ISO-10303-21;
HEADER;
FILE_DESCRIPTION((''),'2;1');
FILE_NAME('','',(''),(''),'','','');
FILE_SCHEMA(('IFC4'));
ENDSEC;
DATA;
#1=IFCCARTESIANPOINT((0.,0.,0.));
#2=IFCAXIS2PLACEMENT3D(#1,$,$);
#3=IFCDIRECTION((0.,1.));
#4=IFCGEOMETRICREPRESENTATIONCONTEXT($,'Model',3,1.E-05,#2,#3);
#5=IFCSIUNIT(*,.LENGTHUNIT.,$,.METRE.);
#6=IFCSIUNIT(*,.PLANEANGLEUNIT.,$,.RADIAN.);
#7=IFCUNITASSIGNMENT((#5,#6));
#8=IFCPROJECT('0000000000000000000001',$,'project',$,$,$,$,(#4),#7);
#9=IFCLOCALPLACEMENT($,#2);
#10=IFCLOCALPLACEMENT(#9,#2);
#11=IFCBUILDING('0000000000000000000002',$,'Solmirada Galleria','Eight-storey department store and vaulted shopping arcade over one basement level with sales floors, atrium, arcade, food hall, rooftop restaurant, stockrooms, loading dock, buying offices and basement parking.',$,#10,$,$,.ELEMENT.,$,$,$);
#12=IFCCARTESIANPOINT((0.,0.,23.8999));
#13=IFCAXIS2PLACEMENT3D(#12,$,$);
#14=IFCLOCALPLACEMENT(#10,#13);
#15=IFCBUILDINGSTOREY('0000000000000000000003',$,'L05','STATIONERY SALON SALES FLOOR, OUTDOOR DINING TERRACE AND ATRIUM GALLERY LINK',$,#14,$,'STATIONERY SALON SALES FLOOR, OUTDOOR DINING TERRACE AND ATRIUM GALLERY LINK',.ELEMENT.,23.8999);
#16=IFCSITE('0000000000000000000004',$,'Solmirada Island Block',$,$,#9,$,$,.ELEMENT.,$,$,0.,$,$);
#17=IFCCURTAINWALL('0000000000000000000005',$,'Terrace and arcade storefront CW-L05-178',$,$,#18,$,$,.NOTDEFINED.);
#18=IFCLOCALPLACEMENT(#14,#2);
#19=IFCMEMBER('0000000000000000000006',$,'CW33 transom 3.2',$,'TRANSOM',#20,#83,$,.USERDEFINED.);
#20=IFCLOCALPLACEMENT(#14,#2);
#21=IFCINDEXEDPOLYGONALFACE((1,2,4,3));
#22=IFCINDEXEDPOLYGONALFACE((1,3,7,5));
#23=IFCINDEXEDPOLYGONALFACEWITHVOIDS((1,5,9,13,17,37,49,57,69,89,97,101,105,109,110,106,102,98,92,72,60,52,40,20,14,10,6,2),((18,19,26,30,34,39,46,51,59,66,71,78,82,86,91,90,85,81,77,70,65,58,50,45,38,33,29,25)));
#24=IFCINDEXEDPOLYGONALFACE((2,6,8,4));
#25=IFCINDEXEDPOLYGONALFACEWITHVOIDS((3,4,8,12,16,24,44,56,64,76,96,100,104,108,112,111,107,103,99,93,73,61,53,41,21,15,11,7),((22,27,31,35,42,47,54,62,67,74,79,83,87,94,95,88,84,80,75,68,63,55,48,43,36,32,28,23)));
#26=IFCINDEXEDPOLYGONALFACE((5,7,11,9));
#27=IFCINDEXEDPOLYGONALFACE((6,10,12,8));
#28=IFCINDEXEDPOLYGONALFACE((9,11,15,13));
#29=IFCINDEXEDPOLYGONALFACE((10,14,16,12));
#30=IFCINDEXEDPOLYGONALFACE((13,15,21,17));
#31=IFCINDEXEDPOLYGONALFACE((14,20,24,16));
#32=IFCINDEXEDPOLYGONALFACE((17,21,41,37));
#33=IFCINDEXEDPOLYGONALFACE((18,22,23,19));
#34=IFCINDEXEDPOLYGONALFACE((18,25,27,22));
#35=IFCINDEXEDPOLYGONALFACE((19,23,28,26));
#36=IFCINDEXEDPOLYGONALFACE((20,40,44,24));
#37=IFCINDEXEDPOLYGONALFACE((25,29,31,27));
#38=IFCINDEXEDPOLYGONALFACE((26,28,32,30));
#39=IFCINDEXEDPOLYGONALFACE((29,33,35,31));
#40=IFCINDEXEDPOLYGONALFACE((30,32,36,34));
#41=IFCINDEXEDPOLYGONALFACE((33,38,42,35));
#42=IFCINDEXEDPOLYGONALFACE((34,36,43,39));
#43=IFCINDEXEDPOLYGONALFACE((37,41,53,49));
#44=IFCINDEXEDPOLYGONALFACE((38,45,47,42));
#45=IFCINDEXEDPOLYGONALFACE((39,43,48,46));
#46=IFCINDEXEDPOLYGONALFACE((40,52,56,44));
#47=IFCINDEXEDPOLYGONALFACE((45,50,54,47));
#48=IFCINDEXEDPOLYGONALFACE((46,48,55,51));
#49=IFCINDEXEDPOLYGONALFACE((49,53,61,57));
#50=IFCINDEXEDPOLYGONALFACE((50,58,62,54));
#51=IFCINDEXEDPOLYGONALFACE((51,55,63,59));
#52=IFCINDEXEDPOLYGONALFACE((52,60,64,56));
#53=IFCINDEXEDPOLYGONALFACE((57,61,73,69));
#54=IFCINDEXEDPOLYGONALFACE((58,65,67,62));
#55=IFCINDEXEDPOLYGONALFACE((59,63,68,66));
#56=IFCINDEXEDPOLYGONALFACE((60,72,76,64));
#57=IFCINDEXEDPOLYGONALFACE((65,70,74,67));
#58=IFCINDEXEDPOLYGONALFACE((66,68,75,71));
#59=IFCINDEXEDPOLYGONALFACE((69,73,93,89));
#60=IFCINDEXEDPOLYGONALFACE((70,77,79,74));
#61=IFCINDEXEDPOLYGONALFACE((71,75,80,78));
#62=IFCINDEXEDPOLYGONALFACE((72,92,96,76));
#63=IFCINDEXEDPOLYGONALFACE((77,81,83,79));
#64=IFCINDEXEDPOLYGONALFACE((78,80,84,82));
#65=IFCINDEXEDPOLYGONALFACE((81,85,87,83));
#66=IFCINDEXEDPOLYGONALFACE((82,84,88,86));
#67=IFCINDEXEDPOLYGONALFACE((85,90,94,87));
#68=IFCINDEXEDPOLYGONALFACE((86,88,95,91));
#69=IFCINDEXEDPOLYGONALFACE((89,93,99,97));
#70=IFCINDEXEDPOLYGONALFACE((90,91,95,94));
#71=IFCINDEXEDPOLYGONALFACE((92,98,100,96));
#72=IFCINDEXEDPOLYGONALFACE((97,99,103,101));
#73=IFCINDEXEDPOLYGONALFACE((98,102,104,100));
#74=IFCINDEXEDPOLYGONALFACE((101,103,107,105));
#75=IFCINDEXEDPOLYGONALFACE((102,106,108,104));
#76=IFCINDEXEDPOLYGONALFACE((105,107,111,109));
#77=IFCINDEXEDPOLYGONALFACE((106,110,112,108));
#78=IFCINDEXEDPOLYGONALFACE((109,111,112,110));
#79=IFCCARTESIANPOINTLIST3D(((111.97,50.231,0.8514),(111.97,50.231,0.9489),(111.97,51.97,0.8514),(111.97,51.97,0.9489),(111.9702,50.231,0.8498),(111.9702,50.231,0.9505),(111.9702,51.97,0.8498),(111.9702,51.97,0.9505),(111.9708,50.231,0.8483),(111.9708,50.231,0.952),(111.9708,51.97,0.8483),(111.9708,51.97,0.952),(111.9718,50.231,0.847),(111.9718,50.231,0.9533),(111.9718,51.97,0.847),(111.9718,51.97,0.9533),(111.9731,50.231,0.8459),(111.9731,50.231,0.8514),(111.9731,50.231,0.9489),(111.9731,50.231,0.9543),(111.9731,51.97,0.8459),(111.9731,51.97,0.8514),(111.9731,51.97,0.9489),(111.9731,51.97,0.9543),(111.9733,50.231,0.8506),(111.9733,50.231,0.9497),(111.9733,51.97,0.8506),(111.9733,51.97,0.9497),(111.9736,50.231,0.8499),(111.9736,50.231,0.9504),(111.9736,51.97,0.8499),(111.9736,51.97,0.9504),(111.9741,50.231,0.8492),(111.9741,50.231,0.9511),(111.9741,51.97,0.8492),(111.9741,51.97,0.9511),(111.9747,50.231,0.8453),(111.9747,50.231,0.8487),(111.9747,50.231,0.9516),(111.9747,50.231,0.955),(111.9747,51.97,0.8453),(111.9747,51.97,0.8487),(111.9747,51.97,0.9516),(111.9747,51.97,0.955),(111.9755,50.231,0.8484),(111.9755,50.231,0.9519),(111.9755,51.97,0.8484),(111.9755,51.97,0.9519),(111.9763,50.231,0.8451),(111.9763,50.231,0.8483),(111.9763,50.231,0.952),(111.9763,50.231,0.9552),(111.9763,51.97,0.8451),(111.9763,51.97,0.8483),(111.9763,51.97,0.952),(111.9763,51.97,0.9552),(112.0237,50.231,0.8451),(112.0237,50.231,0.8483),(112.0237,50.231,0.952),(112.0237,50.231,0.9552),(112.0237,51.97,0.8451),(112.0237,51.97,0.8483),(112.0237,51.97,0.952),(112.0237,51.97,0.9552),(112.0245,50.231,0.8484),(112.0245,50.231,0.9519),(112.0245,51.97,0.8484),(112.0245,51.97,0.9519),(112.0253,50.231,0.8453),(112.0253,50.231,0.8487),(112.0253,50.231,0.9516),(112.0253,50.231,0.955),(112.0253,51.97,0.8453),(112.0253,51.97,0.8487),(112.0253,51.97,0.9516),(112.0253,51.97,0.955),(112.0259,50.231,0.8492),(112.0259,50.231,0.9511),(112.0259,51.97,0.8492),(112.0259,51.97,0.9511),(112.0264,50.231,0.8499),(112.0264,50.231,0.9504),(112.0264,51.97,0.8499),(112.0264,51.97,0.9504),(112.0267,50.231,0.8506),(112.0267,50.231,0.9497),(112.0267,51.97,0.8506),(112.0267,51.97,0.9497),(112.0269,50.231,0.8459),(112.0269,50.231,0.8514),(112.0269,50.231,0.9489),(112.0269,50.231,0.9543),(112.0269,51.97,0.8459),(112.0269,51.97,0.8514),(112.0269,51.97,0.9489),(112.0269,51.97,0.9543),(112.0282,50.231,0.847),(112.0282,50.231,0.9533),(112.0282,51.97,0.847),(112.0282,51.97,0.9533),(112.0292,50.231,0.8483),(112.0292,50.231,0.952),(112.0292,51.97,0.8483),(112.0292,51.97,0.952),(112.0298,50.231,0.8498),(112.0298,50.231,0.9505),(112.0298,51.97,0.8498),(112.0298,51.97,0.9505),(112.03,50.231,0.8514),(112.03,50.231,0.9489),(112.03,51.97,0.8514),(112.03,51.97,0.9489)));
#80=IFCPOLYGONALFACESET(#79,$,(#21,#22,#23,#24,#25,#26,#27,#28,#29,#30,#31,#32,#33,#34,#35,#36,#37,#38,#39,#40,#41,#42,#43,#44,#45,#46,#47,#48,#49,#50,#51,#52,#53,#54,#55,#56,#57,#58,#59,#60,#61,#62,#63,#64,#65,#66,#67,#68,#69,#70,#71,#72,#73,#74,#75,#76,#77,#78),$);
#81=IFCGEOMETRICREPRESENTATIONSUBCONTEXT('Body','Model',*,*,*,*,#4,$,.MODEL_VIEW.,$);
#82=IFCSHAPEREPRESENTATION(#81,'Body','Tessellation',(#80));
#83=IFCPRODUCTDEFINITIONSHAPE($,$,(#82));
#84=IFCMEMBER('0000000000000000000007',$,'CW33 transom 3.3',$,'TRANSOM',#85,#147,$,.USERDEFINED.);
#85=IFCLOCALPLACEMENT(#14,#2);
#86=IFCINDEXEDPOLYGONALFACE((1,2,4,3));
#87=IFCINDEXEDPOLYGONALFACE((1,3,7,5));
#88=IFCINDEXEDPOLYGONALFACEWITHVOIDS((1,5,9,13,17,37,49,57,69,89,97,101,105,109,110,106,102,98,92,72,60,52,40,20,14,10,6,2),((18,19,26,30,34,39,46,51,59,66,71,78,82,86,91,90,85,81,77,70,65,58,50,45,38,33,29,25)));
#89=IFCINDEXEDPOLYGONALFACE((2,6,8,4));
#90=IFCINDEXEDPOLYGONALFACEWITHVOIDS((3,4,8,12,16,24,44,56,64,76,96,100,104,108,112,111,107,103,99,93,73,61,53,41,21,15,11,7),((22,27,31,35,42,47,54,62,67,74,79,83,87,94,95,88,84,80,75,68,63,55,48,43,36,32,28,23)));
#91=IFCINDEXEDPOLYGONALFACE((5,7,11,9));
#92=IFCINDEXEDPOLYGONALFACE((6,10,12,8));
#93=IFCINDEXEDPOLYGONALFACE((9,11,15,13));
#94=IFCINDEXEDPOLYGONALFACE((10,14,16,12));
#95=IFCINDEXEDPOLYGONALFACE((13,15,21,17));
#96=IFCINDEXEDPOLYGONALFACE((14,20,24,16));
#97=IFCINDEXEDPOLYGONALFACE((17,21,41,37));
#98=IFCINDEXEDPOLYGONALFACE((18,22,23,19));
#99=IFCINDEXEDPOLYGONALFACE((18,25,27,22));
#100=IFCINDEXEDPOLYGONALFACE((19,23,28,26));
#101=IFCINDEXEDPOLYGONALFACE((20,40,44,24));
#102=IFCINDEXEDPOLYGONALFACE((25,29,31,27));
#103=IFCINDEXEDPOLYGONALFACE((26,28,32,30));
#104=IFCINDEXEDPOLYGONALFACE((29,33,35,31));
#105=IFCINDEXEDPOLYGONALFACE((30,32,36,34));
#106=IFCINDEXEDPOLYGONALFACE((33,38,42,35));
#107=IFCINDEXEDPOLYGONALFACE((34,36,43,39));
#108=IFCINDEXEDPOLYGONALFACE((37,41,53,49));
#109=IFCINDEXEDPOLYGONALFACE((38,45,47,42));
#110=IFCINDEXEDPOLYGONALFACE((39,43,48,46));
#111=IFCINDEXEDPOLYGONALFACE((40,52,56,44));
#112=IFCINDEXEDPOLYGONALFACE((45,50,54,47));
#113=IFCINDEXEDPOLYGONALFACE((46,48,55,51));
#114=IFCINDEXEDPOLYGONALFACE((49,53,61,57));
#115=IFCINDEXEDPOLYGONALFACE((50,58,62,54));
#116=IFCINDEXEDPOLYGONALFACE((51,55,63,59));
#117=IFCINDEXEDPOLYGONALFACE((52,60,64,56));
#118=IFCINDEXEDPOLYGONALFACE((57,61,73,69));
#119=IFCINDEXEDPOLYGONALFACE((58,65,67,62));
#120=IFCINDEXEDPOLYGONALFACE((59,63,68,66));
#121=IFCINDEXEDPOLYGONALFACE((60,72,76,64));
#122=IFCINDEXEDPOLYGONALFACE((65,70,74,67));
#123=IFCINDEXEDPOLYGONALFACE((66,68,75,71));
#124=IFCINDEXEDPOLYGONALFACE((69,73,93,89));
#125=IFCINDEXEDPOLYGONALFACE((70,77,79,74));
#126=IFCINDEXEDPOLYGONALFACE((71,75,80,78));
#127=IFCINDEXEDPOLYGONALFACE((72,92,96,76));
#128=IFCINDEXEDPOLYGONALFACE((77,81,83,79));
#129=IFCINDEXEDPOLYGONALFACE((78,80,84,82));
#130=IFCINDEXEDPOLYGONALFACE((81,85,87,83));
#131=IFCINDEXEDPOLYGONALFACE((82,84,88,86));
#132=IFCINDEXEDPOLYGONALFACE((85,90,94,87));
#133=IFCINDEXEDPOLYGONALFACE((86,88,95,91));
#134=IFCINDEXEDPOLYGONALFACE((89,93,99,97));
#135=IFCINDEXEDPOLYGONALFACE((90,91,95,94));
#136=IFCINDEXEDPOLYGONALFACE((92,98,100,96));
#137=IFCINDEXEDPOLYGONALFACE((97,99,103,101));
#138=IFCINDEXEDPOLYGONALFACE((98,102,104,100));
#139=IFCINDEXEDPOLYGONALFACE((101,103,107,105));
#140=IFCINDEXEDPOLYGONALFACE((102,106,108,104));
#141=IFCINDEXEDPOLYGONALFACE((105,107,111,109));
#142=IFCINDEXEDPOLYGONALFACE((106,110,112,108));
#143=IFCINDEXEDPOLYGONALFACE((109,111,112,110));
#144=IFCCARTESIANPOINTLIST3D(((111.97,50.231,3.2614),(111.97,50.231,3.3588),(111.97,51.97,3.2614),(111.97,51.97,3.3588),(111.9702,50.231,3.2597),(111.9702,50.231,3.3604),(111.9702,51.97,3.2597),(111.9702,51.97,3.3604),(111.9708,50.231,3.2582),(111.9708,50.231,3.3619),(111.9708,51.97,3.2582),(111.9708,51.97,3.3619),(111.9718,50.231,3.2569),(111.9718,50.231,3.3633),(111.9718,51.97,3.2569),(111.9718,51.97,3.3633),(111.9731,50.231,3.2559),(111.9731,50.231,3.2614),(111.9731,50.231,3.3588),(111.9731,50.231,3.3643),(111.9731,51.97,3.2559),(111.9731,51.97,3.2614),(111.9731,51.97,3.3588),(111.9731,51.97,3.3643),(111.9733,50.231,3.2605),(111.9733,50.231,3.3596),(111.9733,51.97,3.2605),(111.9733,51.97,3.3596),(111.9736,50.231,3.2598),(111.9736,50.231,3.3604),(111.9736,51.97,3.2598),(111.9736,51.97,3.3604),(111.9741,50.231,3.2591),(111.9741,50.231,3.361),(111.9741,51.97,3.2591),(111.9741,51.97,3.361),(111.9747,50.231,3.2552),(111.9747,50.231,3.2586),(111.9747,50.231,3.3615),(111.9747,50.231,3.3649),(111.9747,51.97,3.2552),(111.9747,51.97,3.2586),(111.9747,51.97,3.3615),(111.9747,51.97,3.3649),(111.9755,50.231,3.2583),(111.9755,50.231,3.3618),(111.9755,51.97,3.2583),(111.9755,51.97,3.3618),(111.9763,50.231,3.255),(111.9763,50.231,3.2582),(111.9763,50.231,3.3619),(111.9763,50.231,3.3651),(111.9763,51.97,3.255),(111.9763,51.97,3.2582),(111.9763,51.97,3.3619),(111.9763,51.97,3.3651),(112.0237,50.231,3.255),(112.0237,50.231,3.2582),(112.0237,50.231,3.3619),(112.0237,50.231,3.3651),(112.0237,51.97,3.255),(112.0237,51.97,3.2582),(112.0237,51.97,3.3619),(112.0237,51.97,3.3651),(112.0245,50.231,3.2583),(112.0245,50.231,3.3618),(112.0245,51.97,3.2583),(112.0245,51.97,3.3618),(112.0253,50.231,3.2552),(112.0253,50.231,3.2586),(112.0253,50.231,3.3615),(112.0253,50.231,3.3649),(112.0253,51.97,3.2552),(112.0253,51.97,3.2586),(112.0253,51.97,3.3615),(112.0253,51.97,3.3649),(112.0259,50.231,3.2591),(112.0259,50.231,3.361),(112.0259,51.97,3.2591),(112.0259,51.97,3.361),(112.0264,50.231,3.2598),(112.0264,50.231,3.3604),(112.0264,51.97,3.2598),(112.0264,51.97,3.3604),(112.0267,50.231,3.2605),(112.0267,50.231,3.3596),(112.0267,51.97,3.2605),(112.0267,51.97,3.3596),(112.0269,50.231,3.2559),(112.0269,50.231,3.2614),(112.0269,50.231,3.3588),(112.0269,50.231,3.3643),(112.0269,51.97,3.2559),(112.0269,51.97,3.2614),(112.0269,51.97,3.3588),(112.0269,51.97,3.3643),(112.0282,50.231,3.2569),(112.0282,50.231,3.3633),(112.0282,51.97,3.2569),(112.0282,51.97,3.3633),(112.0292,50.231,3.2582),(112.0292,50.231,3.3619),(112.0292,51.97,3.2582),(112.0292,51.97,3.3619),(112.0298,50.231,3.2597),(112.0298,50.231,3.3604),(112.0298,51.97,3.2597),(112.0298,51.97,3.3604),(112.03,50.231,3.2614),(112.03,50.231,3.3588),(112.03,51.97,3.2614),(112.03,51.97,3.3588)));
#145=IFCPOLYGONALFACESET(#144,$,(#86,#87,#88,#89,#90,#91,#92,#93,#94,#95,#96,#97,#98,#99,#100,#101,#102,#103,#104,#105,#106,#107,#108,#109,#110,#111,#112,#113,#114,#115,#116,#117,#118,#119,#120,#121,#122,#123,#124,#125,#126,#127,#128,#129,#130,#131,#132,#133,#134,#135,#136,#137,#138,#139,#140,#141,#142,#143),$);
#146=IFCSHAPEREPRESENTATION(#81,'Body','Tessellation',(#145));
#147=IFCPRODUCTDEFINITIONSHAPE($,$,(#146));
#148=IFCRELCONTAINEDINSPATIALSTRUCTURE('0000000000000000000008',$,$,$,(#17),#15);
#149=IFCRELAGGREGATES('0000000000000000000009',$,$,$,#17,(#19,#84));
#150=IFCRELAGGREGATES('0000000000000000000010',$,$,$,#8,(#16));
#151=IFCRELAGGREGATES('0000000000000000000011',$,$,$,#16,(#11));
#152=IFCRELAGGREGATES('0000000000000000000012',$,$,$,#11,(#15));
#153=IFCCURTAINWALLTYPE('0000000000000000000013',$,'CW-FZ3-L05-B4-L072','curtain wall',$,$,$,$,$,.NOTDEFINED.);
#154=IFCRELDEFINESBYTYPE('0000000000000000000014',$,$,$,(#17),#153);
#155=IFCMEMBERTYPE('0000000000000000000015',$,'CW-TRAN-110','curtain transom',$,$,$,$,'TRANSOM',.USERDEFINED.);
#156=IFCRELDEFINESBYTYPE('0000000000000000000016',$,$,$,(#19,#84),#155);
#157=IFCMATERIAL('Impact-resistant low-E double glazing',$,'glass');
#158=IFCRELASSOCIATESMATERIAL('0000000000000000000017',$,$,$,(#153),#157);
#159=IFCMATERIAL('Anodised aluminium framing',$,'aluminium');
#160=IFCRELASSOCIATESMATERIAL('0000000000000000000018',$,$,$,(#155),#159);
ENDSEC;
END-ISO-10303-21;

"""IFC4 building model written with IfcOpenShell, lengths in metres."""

from ifc_helpers import new_model, si_unit, direction, frame, origin, origin_2d, place, context, subcontext, project, spatial, hollow_rectangle, extrude, material, material_profile, profile_set, type_object, element, aggregate, save


model = new_model("IFC4")

# Units and contexts
model_context = context("Model", 3, precision=1e-05, world=origin(), true_north=direction((0.0, 1.0)))
body_context = subcontext(model_context, "Body", "Model", "MODEL_VIEW")
ifc_project = project(units=[si_unit("LENGTHUNIT", "METRE"), si_unit("PLANEANGLEUNIT", "RADIAN")], contexts=[model_context])

# Site, building, storey
site_placement = place(None, origin())
site = spatial("IfcSite", under=ifc_project, at=site_placement, Name="Solmirada Island Block", CompositionType="ELEMENT", RefElevation=0.0)
building_placement = place(site_placement, origin())
building = spatial("IfcBuilding", under=site, at=building_placement, Name="Solmirada Galleria", Description="Eight-storey department store and vaulted shopping arcade over one basement level with sales floors, atrium, arcade, food hall, rooftop restaurant, stockrooms, loading dock, buying offices and basement parking.", CompositionType="ELEMENT")
storey_placement = place(building_placement, frame((0.0, 0.0, 23.8999)))
storey = spatial("IfcBuildingStorey", under=building, at=storey_placement, Name="L05", Description="STATIONERY SALON SALES FLOOR, OUTDOOR DINING TERRACE AND ATRIUM GALLERY LINK", LongName="STATIONERY SALON SALES FLOOR, OUTDOOR DINING TERRACE AND ATRIUM GALLERY LINK", CompositionType="ELEMENT", Elevation=23.8999)

# Curtain wall, members
ifc_material_1 = material(Name="Impact-resistant low-E double glazing", Category="glass")
curtain_wall_type = type_object("IfcCurtainWallType", Name="CW-FZ3-L05-B4-L072", Description="curtain wall", PredefinedType="NOTDEFINED", material=ifc_material_1)
curtain_wall_placement = place(storey_placement, origin())
curtain_wall = element("IfcCurtainWall", 1, at=curtain_wall_placement, inside=storey, type_object=curtain_wall_type, Name="Terrace and arcade storefront CW-L05-178", PredefinedType="NOTDEFINED")
ifc_material_2 = material(Name="Anodised aluminium framing", Category="aluminium")
ifc_material_profile_1 = material_profile(ifc_material_2, hollow_rectangle(XDim=0.0601, YDim=0.1101, WallThickness=0.0032, InnerFilletRadius=0.0032, OuterFilletRadius=0.0063, at=origin_2d()), Name="ALU-TRAN-110X60")
ifc_profile_set_1 = profile_set([ifc_material_profile_1], Name="Anodised aluminium framing")
member_type_1 = type_object("IfcMemberType", Name="CW-TRAN-110", Description="curtain transom", ElementType="TRANSOM", PredefinedType="USERDEFINED", material=ifc_profile_set_1)
member_1_placement = place(storey_placement, frame((112.0, 51.97, 0.9001), z_axis=(0.0, -1.0, 0.0), x_axis=(1.0, 0.0, 0.0)))
member_1 = element("IfcMember", 2, at=member_1_placement, type_object=member_type_1, Name="CW33 transom 3.2", ObjectType="TRANSOM", PredefinedType="USERDEFINED", context=body_context, shape_type="SweptSolid", body=[
    extrude(hollow_rectangle(XDim=0.0601, YDim=0.1101, WallThickness=0.0032, InnerFilletRadius=0.0032, OuterFilletRadius=0.0063, at=origin_2d()), origin(), (0.0, 0.0, 1.0), 1.739),
])
member_2_placement = place(storey_placement, frame((112.0, 51.97, 3.3101), z_axis=(0.0, -1.0, 0.0), x_axis=(1.0, 0.0, 0.0)))
member_2 = element("IfcMember", 3, at=member_2_placement, type_object=member_type_1, Name="CW33 transom 3.3", ObjectType="TRANSOM", PredefinedType="USERDEFINED", context=body_context, shape_type="SweptSolid", body=[
    extrude(hollow_rectangle(XDim=0.0601, YDim=0.1101, WallThickness=0.0032, InnerFilletRadius=0.0032, OuterFilletRadius=0.0063, at=origin_2d()), origin(), (0.0, 0.0, 1.0), 1.739),
])
aggregate(curtain_wall, [member_1, member_2])

save(model, "model.ifc")
